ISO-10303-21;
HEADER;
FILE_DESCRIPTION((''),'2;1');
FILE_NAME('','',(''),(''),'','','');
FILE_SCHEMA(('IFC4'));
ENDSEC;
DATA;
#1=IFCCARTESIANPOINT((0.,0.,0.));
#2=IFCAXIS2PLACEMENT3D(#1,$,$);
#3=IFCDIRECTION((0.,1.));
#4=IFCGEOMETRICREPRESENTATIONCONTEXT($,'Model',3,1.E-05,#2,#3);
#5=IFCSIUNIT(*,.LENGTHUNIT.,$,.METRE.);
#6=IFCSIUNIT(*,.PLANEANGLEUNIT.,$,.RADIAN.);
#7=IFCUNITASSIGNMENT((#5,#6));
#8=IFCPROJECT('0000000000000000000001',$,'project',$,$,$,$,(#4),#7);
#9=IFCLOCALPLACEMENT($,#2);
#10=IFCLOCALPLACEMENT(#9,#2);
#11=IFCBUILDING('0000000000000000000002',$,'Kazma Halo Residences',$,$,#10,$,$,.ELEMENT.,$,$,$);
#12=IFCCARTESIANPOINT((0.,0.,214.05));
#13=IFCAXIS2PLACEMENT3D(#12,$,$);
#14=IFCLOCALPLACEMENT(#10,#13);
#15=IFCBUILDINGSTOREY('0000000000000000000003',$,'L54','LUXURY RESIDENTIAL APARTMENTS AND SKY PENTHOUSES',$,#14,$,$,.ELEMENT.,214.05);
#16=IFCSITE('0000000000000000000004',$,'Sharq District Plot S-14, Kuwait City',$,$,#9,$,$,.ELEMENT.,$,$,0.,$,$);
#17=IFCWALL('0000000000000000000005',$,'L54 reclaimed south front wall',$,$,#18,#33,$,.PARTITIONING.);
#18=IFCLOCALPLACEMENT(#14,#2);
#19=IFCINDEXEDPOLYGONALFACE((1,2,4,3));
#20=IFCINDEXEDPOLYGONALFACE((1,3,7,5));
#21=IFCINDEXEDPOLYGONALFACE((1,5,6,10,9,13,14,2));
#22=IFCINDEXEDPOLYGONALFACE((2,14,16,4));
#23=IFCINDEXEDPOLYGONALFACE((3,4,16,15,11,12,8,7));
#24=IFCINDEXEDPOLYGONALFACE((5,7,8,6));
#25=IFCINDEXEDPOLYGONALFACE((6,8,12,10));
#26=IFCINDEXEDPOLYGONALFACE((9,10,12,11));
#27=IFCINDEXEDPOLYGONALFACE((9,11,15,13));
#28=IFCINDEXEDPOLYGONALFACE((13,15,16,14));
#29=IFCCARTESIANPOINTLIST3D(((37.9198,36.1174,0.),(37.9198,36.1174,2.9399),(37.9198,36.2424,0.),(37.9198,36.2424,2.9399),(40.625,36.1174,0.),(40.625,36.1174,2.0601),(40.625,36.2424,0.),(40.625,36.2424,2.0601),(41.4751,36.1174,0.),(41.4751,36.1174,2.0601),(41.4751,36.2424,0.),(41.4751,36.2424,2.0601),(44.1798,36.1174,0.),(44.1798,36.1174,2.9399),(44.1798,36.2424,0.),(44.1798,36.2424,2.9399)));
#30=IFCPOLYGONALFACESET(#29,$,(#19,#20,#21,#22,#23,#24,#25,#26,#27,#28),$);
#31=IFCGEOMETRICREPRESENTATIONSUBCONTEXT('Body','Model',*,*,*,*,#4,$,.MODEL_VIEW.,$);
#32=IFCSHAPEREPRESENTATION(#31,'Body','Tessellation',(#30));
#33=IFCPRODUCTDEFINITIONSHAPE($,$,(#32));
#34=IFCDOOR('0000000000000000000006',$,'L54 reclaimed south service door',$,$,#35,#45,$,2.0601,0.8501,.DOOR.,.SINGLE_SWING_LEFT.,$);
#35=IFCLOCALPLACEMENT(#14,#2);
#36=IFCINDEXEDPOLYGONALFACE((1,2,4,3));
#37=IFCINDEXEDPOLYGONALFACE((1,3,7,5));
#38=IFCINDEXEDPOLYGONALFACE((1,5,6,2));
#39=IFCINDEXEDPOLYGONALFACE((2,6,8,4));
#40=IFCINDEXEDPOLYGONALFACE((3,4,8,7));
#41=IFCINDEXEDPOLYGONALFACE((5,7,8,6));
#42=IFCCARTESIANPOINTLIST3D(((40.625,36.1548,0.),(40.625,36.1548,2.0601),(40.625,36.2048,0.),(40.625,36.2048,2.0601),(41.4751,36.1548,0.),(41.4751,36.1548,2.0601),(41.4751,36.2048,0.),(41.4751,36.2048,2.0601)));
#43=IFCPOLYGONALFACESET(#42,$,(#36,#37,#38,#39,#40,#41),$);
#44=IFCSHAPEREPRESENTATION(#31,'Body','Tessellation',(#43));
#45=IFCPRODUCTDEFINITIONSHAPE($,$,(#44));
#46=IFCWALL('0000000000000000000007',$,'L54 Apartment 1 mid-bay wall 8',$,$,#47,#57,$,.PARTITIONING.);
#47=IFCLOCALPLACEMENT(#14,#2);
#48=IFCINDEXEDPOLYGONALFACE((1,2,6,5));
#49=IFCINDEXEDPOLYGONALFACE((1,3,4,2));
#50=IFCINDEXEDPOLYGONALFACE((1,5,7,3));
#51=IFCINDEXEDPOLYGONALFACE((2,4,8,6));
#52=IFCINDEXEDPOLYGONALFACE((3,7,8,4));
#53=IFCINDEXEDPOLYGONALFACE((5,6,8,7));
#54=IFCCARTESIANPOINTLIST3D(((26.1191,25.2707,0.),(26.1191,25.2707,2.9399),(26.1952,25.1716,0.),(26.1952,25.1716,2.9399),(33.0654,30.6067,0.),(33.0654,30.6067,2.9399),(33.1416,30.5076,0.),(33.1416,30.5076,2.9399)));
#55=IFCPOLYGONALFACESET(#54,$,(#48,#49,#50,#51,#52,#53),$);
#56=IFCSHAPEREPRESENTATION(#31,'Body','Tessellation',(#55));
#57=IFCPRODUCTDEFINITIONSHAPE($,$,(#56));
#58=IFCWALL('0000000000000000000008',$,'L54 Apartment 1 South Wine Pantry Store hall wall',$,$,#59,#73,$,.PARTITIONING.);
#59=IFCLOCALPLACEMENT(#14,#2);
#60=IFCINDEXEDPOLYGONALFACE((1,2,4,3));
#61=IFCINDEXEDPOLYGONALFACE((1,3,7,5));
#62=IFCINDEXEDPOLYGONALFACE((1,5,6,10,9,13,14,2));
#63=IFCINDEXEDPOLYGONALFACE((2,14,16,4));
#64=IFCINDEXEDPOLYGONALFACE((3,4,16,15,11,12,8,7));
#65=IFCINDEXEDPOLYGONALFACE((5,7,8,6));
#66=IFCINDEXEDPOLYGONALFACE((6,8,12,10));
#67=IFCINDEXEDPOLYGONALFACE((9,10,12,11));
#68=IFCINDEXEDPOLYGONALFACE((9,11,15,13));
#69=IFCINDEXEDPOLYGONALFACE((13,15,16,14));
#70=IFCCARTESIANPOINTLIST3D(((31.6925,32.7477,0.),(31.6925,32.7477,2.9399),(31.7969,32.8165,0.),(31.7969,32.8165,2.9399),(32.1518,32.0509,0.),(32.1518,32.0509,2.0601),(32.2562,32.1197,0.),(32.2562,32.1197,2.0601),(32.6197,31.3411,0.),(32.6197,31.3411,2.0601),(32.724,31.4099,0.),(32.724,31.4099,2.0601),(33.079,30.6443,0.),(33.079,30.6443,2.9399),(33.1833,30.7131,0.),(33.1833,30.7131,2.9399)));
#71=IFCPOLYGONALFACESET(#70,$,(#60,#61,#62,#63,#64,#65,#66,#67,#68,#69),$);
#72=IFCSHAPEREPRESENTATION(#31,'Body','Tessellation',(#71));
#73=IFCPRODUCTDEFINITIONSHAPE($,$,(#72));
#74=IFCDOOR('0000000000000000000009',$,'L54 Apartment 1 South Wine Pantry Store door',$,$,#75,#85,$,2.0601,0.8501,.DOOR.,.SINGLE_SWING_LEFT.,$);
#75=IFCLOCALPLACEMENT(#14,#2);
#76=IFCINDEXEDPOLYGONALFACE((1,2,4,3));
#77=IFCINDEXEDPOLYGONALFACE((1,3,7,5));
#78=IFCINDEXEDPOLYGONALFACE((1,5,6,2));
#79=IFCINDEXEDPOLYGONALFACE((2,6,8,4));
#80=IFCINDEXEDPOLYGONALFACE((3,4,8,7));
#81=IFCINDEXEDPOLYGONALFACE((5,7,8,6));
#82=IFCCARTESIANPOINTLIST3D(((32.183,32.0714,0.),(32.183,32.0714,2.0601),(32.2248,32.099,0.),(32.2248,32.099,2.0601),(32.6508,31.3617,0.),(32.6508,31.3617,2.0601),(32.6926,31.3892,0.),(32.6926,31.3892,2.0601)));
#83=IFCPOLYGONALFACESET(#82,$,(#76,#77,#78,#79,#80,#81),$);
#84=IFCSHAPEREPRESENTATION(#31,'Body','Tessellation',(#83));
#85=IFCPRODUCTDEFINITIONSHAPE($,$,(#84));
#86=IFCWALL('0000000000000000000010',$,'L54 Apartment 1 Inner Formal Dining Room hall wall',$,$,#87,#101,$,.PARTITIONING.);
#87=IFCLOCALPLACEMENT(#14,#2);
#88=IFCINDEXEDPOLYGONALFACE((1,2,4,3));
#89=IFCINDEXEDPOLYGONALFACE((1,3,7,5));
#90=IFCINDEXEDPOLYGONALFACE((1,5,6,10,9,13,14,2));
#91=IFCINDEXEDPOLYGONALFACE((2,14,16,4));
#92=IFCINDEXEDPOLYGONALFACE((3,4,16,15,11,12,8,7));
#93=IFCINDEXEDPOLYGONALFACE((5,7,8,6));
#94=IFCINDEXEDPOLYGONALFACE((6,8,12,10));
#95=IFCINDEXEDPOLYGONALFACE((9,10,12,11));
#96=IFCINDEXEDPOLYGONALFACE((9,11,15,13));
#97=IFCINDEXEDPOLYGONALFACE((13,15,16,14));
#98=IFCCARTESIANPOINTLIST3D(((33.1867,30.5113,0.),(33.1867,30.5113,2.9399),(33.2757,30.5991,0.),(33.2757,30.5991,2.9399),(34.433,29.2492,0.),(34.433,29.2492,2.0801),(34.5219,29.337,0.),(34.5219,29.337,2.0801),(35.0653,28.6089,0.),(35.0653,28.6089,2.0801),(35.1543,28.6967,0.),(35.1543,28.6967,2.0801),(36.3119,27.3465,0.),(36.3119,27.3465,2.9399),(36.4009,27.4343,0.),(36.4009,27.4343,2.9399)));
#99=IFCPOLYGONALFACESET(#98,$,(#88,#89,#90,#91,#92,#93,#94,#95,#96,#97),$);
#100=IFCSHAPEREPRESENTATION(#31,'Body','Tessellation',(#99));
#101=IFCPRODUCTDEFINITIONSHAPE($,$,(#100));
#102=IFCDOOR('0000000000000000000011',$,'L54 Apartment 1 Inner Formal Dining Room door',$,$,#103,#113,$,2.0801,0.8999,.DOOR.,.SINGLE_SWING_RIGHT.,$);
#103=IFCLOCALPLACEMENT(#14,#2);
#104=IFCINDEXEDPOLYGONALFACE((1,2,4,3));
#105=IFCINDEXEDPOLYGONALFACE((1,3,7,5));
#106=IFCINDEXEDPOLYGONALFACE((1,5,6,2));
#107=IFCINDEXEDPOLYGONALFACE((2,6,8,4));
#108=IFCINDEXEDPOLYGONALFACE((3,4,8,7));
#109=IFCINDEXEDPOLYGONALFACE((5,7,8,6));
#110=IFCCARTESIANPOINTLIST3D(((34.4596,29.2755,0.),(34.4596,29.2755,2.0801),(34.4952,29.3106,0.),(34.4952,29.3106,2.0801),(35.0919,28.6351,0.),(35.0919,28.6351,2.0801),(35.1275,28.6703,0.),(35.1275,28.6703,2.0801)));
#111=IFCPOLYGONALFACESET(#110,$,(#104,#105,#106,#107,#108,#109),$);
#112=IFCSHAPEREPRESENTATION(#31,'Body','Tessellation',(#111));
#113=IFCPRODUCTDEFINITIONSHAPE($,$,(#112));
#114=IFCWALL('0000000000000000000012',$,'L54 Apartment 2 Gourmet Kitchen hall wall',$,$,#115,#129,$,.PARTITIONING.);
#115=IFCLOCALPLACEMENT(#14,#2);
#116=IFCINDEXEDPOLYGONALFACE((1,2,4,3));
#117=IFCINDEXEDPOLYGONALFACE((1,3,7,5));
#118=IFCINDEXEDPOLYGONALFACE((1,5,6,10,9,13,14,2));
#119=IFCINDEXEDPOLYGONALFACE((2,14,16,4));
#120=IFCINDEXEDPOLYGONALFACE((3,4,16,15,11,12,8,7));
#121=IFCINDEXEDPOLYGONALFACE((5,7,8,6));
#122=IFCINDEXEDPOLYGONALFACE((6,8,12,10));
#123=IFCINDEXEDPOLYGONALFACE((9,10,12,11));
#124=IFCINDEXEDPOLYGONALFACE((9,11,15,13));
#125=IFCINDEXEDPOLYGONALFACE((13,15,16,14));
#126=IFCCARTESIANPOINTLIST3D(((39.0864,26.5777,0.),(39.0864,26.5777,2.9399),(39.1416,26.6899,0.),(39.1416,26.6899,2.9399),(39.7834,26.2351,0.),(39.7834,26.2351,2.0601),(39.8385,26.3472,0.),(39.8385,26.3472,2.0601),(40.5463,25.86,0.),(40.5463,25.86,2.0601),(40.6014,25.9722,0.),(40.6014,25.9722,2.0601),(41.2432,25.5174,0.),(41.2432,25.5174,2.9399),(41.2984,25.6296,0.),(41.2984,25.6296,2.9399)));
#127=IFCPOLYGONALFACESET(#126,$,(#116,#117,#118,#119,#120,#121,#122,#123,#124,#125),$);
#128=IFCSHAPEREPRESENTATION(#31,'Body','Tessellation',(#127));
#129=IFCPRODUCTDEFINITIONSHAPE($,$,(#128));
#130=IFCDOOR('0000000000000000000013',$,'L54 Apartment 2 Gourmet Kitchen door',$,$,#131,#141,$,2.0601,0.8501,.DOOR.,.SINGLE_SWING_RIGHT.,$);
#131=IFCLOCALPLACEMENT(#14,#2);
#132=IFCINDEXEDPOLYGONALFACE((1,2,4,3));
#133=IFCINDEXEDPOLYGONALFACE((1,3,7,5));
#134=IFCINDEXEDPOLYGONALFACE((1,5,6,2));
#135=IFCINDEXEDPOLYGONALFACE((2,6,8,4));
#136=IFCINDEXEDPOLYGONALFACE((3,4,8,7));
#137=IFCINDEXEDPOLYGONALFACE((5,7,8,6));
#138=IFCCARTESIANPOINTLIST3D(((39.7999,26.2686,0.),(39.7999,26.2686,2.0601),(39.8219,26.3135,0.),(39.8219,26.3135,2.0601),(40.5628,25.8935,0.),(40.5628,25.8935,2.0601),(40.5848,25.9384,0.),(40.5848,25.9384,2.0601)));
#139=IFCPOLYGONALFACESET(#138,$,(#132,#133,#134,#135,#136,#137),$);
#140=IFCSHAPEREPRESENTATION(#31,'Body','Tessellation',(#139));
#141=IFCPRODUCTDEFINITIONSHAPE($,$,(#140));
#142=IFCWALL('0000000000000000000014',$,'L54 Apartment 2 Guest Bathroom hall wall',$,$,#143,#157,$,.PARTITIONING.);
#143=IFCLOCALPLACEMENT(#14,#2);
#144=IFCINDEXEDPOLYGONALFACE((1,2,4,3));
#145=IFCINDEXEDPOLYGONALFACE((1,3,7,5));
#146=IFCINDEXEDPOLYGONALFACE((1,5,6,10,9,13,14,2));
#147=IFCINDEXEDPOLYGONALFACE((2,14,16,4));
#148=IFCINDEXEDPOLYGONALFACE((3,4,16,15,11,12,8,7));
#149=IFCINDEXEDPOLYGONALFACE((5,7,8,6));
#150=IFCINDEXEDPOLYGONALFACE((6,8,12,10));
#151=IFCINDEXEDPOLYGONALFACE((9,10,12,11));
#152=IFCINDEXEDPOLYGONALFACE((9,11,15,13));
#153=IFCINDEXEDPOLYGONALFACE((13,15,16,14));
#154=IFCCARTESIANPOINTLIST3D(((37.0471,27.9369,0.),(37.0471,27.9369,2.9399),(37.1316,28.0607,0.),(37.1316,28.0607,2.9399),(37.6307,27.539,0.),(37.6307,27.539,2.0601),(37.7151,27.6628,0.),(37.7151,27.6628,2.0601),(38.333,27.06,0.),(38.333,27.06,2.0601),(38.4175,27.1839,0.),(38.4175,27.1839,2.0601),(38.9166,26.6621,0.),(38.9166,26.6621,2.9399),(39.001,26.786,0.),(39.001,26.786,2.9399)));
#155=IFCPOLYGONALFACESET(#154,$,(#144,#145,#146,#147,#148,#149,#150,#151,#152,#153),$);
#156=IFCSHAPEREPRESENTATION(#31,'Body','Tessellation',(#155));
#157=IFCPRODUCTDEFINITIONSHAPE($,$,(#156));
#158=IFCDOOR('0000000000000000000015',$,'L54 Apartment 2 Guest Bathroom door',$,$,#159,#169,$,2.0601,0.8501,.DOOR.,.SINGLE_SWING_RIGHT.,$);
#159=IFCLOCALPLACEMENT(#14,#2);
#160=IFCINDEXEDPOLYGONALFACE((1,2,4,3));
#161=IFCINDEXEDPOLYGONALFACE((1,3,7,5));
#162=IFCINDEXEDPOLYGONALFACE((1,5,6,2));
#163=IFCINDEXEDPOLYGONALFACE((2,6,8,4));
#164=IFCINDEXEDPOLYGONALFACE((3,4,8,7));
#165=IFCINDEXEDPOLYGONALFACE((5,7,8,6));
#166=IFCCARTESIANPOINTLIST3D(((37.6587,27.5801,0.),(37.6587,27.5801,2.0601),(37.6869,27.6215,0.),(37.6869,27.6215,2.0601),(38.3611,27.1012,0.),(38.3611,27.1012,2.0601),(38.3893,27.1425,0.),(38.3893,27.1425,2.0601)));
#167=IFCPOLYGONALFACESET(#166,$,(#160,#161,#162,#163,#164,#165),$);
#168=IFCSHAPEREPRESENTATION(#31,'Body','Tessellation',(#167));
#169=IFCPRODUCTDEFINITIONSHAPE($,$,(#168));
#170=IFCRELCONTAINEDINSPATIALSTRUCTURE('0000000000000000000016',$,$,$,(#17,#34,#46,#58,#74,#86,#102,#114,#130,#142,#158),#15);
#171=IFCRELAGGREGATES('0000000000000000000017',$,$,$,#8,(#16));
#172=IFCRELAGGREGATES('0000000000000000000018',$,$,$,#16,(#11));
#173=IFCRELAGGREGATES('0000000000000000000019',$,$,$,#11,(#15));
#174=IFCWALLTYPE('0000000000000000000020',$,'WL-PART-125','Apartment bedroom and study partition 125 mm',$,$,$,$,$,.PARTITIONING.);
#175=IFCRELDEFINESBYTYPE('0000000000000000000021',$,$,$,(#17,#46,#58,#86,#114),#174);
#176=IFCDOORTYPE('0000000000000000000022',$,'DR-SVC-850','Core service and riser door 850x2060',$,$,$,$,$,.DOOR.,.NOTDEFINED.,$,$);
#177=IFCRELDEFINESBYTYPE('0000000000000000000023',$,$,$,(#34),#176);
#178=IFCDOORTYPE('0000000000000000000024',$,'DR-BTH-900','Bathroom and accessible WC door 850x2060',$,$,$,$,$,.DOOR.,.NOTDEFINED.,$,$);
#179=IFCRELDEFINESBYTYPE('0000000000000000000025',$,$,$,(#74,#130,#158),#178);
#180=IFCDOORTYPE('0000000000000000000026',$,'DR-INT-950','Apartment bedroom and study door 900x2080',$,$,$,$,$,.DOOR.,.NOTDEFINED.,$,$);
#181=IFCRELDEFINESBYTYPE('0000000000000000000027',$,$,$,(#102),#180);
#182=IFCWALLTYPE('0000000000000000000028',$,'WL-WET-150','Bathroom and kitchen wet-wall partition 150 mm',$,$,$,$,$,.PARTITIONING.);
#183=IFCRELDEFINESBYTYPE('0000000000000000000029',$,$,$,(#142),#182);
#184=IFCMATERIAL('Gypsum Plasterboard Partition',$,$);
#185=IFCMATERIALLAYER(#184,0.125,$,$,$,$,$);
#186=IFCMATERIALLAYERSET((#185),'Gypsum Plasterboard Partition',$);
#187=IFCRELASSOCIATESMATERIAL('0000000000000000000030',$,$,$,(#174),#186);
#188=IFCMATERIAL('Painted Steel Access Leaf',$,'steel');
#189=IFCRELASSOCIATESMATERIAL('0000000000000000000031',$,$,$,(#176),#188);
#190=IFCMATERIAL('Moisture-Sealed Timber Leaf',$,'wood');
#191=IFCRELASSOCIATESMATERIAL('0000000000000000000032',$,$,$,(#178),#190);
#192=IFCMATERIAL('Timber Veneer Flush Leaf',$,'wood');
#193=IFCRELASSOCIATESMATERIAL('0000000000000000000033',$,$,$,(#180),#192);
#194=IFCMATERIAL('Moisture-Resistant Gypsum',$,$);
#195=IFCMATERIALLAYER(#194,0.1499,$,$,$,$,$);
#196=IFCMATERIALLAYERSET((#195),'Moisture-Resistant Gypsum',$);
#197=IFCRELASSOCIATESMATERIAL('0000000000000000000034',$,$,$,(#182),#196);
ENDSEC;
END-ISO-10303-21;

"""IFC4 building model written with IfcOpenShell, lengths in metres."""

from ifc_helpers import new_model, si_unit, direction, frame, frame_2d, origin, place, context, subcontext, project, spatial, rectangle, extrude, material, layer, layer_set, type_object, element, fill, save


model = new_model("IFC4")

# Units and contexts
model_context = context("Model", 3, precision=1e-05, world=origin(), true_north=direction((0.0, 1.0)))
body_context = subcontext(model_context, "Body", "Model", "MODEL_VIEW")
ifc_project = project(units=[si_unit("LENGTHUNIT", "METRE"), si_unit("PLANEANGLEUNIT", "RADIAN")], contexts=[model_context])

# Site, building, storey
site_placement = place(None, origin())
site = spatial("IfcSite", under=ifc_project, at=site_placement, Name="Sharq District Plot S-14, Kuwait City", CompositionType="ELEMENT", RefElevation=0.0)
building_placement = place(site_placement, origin())
building = spatial("IfcBuilding", under=site, at=building_placement, Name="Kazma Halo Residences", CompositionType="ELEMENT")
storey_placement = place(building_placement, frame((0.0, 0.0, 214.05)))
storey = spatial("IfcBuildingStorey", under=building, at=storey_placement, Name="L54", Description="LUXURY RESIDENTIAL APARTMENTS AND SKY PENTHOUSES", CompositionType="ELEMENT", Elevation=214.05)

# Shared definitions
ifc_material_1 = material(Name="Gypsum Plasterboard Partition")
ifc_layer_1 = layer(ifc_material_1, 0.125)
ifc_layer_set_1 = layer_set([ifc_layer_1], Name="Gypsum Plasterboard Partition")
wall_type_1 = type_object("IfcWallType", Name="WL-PART-125", Description="Apartment bedroom and study partition 125 mm", PredefinedType="PARTITIONING", material=ifc_layer_set_1)

# Wall, opening, door
wall_1_placement = place(storey_placement, frame((37.9199, 36.1799, 0.0), z_axis=(0.0, 0.0, 1.0), x_axis=(1.0, 0.0, 0.0)))
wall_1 = element("IfcWall", 1, at=wall_1_placement, inside=storey, type_object=wall_type_1, Name="L54 reclaimed south front wall", PredefinedType="PARTITIONING", context=body_context, shape_type="SweptSolid", body=[
    extrude(rectangle(XDim=6.26, YDim=0.125, at=frame_2d((3.1299, 0.0))), origin(), (0.0, 0.0, 1.0), 2.9399),
])
opening_1_placement = place(wall_1_placement, frame((2.7051, 0.0, 0.0)))
opening_1 = element("IfcOpeningElement", 2, at=opening_1_placement, cuts=wall_1, PredefinedType="OPENING", context=body_context, shape_type="SweptSolid", body=[
    extrude(rectangle(XDim=0.8501, YDim=2.0601, at=frame_2d((0.425, 1.03))), frame((0.0, 0.0725, 0.0), z_axis=(0.0, -1.0, 0.0), x_axis=(1.0, 0.0, 0.0)), (0.0, 0.0, 1.0), 0.145),
])
ifc_material_2 = material(Name="Painted Steel Access Leaf", Category="steel")
door_type_1 = type_object("IfcDoorType", Name="DR-SVC-850", Description="Core service and riser door 850x2060", OperationType="NOTDEFINED", PredefinedType="DOOR", material=ifc_material_2)
door_1_placement = place(opening_1_placement, origin())
door_1 = element("IfcDoor", 3, at=door_1_placement, inside=storey, type_object=door_type_1, Name="L54 reclaimed south service door", OperationType="SINGLE_SWING_LEFT", OverallHeight=2.0601, OverallWidth=0.8501, PredefinedType="DOOR", context=body_context, shape_type="SweptSolid", body=[
    extrude(rectangle(XDim=0.8501, YDim=2.0601, at=frame_2d((0.425, 1.03))), frame((0.0, 0.0249, 0.0), z_axis=(0.0, -1.0, 0.0), x_axis=(1.0, 0.0, 0.0)), (0.0, 0.0, 1.0), 0.05),
])
fill(opening_1, door_1)

# Wall
wall_2_placement = place(storey_placement, frame((33.1035, 30.5571, 0.0), z_axis=(0.0, 0.0, 1.0), x_axis=(-0.79303, -0.609183, 0.0)))
element("IfcWall", 4, at=wall_2_placement, inside=storey, type_object=wall_type_1, Name="L54 Apartment 1 mid-bay wall 8", PredefinedType="PARTITIONING", context=body_context, shape_type="SweptSolid", body=[
    extrude(rectangle(XDim=8.7593, YDim=0.125, at=frame_2d((4.3796, 0.0))), origin(), (0.0, 0.0, 1.0), 2.9399),
])

# Walls, openings, doors
wall_3_placement = place(storey_placement, frame((31.7446, 32.7822, 0.0), z_axis=(0.0, 0.0, 1.0), x_axis=(0.550332, -0.834946, 0.0)))
wall_3 = element("IfcWall", 5, at=wall_3_placement, inside=storey, type_object=wall_type_1, Name="L54 Apartment 1 South Wine Pantry Store hall wall", PredefinedType="PARTITIONING", context=body_context, shape_type="SweptSolid", body=[
    extrude(rectangle(XDim=2.5193, YDim=0.125, at=frame_2d((1.2598, 0.0))), origin(), (0.0, 0.0, 1.0), 2.9399),
])
opening_2_placement = place(wall_3_placement, frame((0.8347, 0.0, 0.0)))
opening_2 = element("IfcOpeningElement", 6, at=opening_2_placement, cuts=wall_3, PredefinedType="OPENING", context=body_context, shape_type="SweptSolid", body=[
    extrude(rectangle(XDim=0.8501, YDim=2.0601, at=frame_2d((0.425, 1.03))), frame((0.0, 0.0725, 0.0), z_axis=(0.0, -1.0, 0.0), x_axis=(1.0, 0.0, 0.0)), (0.0, 0.0, 1.0), 0.145),
])
ifc_material_3 = material(Name="Moisture-Sealed Timber Leaf", Category="wood")
door_type_2 = type_object("IfcDoorType", Name="DR-BTH-900", Description="Bathroom and accessible WC door 850x2060", OperationType="NOTDEFINED", PredefinedType="DOOR", material=ifc_material_3)
door_2_placement = place(opening_2_placement, origin())
door_2 = element("IfcDoor", 7, at=door_2_placement, inside=storey, type_object=door_type_2, Name="L54 Apartment 1 South Wine Pantry Store door", OperationType="SINGLE_SWING_LEFT", OverallHeight=2.0601, OverallWidth=0.8501, PredefinedType="DOOR", context=body_context, shape_type="SweptSolid", body=[
    extrude(rectangle(XDim=0.8501, YDim=2.0601, at=frame_2d((0.425, 1.03))), frame((0.0, 0.0249, 0.0), z_axis=(0.0, -1.0, 0.0), x_axis=(1.0, 0.0, 0.0)), (0.0, 0.0, 1.0), 0.05),
])
fill(opening_2, door_2)
wall_4_placement = place(storey_placement, frame((33.2312, 30.5552, 0.0), z_axis=(0.0, 0.0, 1.0), x_axis=(0.702647, -0.711539, 0.0)))
wall_4 = element("IfcWall", 8, at=wall_4_placement, inside=storey, type_object=wall_type_1, Name="L54 Apartment 1 Inner Formal Dining Room hall wall", PredefinedType="PARTITIONING", context=body_context, shape_type="SweptSolid", body=[
    extrude(rectangle(XDim=4.4478, YDim=0.125, at=frame_2d((2.2239, 0.0))), origin(), (0.0, 0.0, 1.0), 2.9399),
])
opening_3_placement = place(wall_4_placement, frame((1.7737, 0.0, 0.0)))
opening_3 = element("IfcOpeningElement", 9, at=opening_3_placement, cuts=wall_4, PredefinedType="OPENING", context=body_context, shape_type="SweptSolid", body=[
    extrude(rectangle(XDim=0.8999, YDim=2.0801, at=frame_2d((0.45, 1.04))), frame((0.0, 0.0725, 0.0), z_axis=(0.0, -1.0, 0.0), x_axis=(1.0, 0.0, 0.0)), (0.0, 0.0, 1.0), 0.145),
])
ifc_material_4 = material(Name="Timber Veneer Flush Leaf", Category="wood")
door_type_3 = type_object("IfcDoorType", Name="DR-INT-950", Description="Apartment bedroom and study door 900x2080", OperationType="NOTDEFINED", PredefinedType="DOOR", material=ifc_material_4)
door_3_placement = place(opening_3_placement, origin())
door_3 = element("IfcDoor", 10, at=door_3_placement, inside=storey, type_object=door_type_3, Name="L54 Apartment 1 Inner Formal Dining Room door", OperationType="SINGLE_SWING_RIGHT", OverallHeight=2.0801, OverallWidth=0.8999, PredefinedType="DOOR", context=body_context, shape_type="SweptSolid", body=[
    extrude(rectangle(XDim=0.8999, YDim=2.0801, at=frame_2d((0.45, 1.04))), frame((0.0, 0.0249, 0.0), z_axis=(0.0, -1.0, 0.0), x_axis=(1.0, 0.0, 0.0)), (0.0, 0.0, 1.0), 0.05),
])
fill(opening_3, door_3)
wall_5_placement = place(storey_placement, frame((39.114, 26.6338, 0.0), z_axis=(0.0, 0.0, 1.0), x_axis=(0.897414, -0.44119, 0.0)))
wall_5 = element("IfcWall", 11, at=wall_5_placement, inside=storey, type_object=wall_type_1, Name="L54 Apartment 2 Gourmet Kitchen hall wall", PredefinedType="PARTITIONING", context=body_context, shape_type="SweptSolid", body=[
    extrude(rectangle(XDim=2.4033, YDim=0.125, at=frame_2d((1.2017, 0.0))), origin(), (0.0, 0.0, 1.0), 2.9399),
])
opening_4_placement = place(wall_5_placement, frame((0.7766, 0.0, 0.0)))
opening_4 = element("IfcOpeningElement", 12, at=opening_4_placement, cuts=wall_5, PredefinedType="OPENING", context=body_context, shape_type="SweptSolid", body=[
    extrude(rectangle(XDim=0.8501, YDim=2.0601, at=frame_2d((0.425, 1.03))), frame((0.0, 0.0725, 0.0), z_axis=(0.0, -1.0, 0.0), x_axis=(1.0, 0.0, 0.0)), (0.0, 0.0, 1.0), 0.145),
])
door_4_placement = place(opening_4_placement, origin())
door_4 = element("IfcDoor", 13, at=door_4_placement, inside=storey, type_object=door_type_2, Name="L54 Apartment 2 Gourmet Kitchen door", OperationType="SINGLE_SWING_RIGHT", OverallHeight=2.0601, OverallWidth=0.8501, PredefinedType="DOOR", context=body_context, shape_type="SweptSolid", body=[
    extrude(rectangle(XDim=0.8501, YDim=2.0601, at=frame_2d((0.425, 1.03))), frame((0.0, 0.0249, 0.0), z_axis=(0.0, -1.0, 0.0), x_axis=(1.0, 0.0, 0.0)), (0.0, 0.0, 1.0), 0.05),
])
fill(opening_4, door_4)
ifc_material_5 = material(Name="Moisture-Resistant Gypsum")
ifc_layer_2 = layer(ifc_material_5, 0.1499)
ifc_layer_set_2 = layer_set([ifc_layer_2], Name="Moisture-Resistant Gypsum")
wall_type_2 = type_object("IfcWallType", Name="WL-WET-150", Description="Bathroom and kitchen wet-wall partition 150 mm", PredefinedType="PARTITIONING", material=ifc_layer_set_2)
wall_6_placement = place(storey_placement, frame((37.0894, 27.9988, 0.0), z_axis=(0.0, 0.0, 1.0), x_axis=(0.826211, -0.56336, 0.0)))
wall_6 = element("IfcWall", 14, at=wall_6_placement, inside=storey, type_object=wall_type_2, Name="L54 Apartment 2 Guest Bathroom hall wall", PredefinedType="PARTITIONING", context=body_context, shape_type="SweptSolid", body=[
    extrude(rectangle(XDim=2.2627, YDim=0.1499, at=frame_2d((1.1313, 0.0))), origin(), (0.0, 0.0, 1.0), 2.9399),
])
opening_5_placement = place(wall_6_placement, frame((0.7063, 0.0, 0.0)))
opening_5 = element("IfcOpeningElement", 15, at=opening_5_placement, cuts=wall_6, PredefinedType="OPENING", context=body_context, shape_type="SweptSolid", body=[
    extrude(rectangle(XDim=0.8501, YDim=2.0601, at=frame_2d((0.425, 1.03))), frame((0.0, 0.085, 0.0), z_axis=(0.0, -1.0, 0.0), x_axis=(1.0, 0.0, 0.0)), (0.0, 0.0, 1.0), 0.1699),
])
door_5_placement = place(opening_5_placement, origin())
door_5 = element("IfcDoor", 16, at=door_5_placement, inside=storey, type_object=door_type_2, Name="L54 Apartment 2 Guest Bathroom door", OperationType="SINGLE_SWING_RIGHT", OverallHeight=2.0601, OverallWidth=0.8501, PredefinedType="DOOR", context=body_context, shape_type="SweptSolid", body=[
    extrude(rectangle(XDim=0.8501, YDim=2.0601, at=frame_2d((0.425, 1.03))), frame((0.0, 0.0249, 0.0), z_axis=(0.0, -1.0, 0.0), x_axis=(1.0, 0.0, 0.0)), (0.0, 0.0, 1.0), 0.05),
])
fill(opening_5, door_5)

save(model, "model.ifc")
